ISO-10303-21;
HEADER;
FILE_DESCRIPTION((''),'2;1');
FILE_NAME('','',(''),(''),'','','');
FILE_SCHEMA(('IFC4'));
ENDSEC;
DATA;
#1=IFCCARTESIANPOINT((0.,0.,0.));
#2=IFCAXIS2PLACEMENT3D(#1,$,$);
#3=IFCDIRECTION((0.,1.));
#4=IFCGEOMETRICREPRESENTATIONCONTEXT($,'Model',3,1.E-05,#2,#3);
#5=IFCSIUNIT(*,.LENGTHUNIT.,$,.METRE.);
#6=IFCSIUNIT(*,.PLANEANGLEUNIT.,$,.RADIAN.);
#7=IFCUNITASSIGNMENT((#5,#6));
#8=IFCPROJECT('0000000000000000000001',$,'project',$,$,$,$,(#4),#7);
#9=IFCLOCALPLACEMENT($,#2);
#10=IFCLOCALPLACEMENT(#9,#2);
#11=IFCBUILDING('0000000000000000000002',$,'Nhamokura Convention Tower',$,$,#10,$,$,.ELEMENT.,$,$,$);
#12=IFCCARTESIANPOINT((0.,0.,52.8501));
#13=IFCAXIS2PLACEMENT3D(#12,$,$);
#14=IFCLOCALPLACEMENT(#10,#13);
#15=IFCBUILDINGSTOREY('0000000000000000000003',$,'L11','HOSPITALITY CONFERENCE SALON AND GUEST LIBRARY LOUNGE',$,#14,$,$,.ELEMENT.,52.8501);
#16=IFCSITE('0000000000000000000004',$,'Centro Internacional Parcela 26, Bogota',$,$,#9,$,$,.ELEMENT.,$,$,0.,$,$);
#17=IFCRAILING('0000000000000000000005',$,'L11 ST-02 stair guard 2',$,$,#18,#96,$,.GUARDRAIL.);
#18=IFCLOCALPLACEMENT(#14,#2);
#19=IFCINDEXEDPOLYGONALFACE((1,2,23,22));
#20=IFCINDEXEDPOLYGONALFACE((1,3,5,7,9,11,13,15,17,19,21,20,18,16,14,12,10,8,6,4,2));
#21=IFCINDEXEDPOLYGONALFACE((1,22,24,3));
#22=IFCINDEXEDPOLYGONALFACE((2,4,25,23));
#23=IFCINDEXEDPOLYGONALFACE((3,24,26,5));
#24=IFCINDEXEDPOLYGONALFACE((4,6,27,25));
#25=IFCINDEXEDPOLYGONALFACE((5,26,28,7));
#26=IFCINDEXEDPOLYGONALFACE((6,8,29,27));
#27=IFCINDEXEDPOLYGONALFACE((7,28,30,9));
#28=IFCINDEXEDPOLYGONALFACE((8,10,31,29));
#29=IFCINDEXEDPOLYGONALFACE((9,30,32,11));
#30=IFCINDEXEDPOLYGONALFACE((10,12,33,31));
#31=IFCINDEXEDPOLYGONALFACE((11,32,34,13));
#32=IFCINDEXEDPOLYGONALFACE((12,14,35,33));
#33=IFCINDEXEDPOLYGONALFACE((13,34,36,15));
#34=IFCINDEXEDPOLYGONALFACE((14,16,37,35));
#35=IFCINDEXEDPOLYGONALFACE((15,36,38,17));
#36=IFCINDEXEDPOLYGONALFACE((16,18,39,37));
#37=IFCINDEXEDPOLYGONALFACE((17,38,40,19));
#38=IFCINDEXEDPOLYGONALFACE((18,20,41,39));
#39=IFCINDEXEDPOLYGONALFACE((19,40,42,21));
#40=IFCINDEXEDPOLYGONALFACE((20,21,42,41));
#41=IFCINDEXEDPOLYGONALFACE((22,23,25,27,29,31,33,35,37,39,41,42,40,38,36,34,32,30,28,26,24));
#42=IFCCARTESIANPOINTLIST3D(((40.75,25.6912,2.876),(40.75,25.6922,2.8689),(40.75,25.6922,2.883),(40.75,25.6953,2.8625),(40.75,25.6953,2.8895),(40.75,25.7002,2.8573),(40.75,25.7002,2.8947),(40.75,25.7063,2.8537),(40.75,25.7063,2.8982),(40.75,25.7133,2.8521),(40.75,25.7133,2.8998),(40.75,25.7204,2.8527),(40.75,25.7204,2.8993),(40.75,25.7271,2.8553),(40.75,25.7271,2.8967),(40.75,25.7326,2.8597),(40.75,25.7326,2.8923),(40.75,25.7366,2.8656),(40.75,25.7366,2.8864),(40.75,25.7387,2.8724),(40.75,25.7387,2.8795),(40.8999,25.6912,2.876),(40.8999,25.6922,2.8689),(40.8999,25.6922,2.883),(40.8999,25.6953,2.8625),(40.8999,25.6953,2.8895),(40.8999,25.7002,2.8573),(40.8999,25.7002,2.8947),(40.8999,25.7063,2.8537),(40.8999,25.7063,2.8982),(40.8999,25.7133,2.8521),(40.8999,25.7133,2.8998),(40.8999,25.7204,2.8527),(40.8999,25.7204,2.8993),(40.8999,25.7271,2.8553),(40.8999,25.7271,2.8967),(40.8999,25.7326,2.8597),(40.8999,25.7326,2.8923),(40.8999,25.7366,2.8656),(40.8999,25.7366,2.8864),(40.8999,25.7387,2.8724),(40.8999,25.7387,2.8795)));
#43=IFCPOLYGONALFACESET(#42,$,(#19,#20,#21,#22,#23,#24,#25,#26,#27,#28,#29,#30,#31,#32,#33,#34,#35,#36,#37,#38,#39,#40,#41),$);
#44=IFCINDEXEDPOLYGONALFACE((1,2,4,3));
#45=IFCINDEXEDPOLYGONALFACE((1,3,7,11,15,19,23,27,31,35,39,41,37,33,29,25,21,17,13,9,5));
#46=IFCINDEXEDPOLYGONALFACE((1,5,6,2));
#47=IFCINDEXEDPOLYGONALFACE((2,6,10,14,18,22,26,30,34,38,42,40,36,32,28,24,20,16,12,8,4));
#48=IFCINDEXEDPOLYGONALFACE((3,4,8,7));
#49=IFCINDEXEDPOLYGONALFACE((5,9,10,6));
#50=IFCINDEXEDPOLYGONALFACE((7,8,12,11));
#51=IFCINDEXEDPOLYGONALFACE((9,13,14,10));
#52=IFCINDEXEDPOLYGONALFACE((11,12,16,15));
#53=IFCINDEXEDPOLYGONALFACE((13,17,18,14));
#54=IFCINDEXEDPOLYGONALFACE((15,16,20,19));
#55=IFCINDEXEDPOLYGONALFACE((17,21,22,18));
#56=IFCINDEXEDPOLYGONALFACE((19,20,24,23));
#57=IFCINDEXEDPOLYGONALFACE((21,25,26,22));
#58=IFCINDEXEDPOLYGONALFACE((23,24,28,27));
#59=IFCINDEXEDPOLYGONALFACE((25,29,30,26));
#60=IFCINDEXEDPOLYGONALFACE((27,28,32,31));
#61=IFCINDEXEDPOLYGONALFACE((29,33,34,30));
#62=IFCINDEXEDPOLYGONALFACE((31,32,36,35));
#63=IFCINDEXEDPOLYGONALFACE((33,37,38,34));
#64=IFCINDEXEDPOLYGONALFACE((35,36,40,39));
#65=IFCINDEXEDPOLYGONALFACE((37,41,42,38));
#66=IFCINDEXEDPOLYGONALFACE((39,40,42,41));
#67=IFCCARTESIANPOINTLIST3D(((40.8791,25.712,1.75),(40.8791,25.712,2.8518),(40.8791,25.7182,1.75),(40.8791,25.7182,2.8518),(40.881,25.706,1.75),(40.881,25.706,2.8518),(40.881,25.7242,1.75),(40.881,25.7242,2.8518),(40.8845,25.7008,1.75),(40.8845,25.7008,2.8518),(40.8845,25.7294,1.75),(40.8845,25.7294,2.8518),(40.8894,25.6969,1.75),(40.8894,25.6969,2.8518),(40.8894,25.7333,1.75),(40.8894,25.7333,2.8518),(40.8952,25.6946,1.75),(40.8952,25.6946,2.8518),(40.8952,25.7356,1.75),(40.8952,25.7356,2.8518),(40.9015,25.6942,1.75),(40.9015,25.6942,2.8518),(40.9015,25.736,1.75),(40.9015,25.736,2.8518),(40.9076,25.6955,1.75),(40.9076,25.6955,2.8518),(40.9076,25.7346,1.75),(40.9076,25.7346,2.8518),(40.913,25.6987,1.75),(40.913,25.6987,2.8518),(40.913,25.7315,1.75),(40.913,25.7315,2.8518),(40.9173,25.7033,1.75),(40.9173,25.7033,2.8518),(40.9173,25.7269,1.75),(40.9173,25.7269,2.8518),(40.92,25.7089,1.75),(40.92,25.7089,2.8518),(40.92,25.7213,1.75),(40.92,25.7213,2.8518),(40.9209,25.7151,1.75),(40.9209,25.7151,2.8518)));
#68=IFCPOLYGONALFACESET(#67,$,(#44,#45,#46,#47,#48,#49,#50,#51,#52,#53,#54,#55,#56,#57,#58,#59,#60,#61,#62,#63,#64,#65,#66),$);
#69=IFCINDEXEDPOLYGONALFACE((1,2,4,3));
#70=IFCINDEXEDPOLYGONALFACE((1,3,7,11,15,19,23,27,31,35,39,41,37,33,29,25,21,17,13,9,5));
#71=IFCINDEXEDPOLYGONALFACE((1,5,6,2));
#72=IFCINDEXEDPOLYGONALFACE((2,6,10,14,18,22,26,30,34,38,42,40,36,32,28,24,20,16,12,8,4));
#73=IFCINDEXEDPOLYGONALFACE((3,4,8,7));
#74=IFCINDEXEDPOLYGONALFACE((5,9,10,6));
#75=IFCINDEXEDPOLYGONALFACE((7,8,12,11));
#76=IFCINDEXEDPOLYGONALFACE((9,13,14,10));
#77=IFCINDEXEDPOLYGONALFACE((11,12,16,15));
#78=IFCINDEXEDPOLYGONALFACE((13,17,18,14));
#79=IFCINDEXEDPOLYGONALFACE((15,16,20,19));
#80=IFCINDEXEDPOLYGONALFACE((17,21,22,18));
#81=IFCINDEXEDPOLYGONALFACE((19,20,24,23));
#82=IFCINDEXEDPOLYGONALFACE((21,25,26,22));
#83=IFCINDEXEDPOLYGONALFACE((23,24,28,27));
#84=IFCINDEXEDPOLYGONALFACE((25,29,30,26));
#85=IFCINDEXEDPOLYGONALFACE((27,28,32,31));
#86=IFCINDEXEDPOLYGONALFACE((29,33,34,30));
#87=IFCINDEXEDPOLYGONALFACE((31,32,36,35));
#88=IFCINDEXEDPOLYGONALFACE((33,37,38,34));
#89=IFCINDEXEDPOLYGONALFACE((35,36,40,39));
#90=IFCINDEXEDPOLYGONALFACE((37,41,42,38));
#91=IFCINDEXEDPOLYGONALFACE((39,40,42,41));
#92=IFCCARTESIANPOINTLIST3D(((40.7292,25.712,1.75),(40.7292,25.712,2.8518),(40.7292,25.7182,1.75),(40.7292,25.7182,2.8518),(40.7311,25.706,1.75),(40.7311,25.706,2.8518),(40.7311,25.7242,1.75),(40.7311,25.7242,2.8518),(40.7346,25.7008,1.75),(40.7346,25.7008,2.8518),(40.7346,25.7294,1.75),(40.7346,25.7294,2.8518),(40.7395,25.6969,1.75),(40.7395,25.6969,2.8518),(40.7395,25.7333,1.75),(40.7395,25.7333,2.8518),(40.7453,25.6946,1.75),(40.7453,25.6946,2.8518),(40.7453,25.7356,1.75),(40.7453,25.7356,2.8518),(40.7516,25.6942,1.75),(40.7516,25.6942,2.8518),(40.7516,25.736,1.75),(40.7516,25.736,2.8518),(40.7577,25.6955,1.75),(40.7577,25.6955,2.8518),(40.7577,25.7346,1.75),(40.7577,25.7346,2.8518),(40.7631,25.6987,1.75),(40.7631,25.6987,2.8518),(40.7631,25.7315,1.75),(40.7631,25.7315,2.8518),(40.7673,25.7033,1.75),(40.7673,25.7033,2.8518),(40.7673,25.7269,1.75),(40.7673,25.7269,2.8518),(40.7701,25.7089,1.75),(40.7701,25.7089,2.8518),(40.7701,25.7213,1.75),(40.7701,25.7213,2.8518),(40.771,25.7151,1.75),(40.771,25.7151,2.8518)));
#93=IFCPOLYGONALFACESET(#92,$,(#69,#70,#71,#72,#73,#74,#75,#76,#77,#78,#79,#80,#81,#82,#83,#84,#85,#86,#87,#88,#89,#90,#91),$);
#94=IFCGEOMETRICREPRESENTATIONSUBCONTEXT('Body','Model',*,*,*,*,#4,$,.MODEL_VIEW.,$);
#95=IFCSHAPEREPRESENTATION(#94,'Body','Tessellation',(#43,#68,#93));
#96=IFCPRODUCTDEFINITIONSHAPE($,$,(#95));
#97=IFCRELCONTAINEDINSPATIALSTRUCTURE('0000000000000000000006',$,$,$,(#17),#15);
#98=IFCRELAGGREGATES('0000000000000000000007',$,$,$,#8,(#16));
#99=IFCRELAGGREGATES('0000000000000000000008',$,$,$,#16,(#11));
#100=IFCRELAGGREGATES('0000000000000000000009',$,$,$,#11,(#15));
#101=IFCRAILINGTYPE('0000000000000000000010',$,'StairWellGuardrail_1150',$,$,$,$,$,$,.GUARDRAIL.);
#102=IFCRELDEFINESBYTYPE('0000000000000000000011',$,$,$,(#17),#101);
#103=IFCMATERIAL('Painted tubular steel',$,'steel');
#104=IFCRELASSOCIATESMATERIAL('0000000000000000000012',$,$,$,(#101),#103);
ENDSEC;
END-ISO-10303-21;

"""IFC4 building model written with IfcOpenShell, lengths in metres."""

from ifc_helpers import new_model, si_unit, direction, frame, origin, origin_2d, place, context, subcontext, project, spatial, circle, extrude, material, type_object, element, save


model = new_model("IFC4")

# Units and contexts
model_context = context("Model", 3, precision=1e-05, world=origin(), true_north=direction((0.0, 1.0)))
body_context = subcontext(model_context, "Body", "Model", "MODEL_VIEW")
ifc_project = project(units=[si_unit("LENGTHUNIT", "METRE"), si_unit("PLANEANGLEUNIT", "RADIAN")], contexts=[model_context])

# Site, building, storey
site_placement = place(None, origin())
site = spatial("IfcSite", under=ifc_project, at=site_placement, Name="Centro Internacional Parcela 26, Bogota", CompositionType="ELEMENT", RefElevation=0.0)
building_placement = place(site_placement, origin())
building = spatial("IfcBuilding", under=site, at=building_placement, Name="Nhamokura Convention Tower", CompositionType="ELEMENT")
storey_placement = place(building_placement, frame((0.0, 0.0, 52.8501)))
storey = spatial("IfcBuildingStorey", under=building, at=storey_placement, Name="L11", Description="HOSPITALITY CONFERENCE SALON AND GUEST LIBRARY LOUNGE", CompositionType="ELEMENT", Elevation=52.8501)

# Railing
ifc_material_1 = material(Name="Painted tubular steel", Category="steel")
railing_type_1 = type_object("IfcRailingType", Name="StairWellGuardrail_1150", PredefinedType="GUARDRAIL", material=ifc_material_1)
railing_1_placement = place(storey_placement, frame((40.8999, 25.7151, 1.75)))
element("IfcRailing", 1, at=railing_1_placement, inside=storey, type_object=railing_type_1, Name="L11 ST-02 stair guard 2", PredefinedType="GUARDRAIL", context=body_context, shape_type="SweptSolid", body=[
    extrude(circle(Radius=0.0239, at=origin_2d()), frame((0.0, 0.0, 1.126), z_axis=(-1.0, 0.0, 0.0), x_axis=(0.0, -1.0, 0.0)), (0.0, 0.0, 1.0), 0.1499),
    extrude(circle(Radius=0.021, at=origin_2d()), origin(), (0.0, 0.0, 1.0), 1.1018),
    extrude(circle(Radius=0.021, at=origin_2d()), frame((-0.1499, 0.0, 0.0)), (0.0, 0.0, 1.0), 1.1018),
])

save(model, "model.ifc")
